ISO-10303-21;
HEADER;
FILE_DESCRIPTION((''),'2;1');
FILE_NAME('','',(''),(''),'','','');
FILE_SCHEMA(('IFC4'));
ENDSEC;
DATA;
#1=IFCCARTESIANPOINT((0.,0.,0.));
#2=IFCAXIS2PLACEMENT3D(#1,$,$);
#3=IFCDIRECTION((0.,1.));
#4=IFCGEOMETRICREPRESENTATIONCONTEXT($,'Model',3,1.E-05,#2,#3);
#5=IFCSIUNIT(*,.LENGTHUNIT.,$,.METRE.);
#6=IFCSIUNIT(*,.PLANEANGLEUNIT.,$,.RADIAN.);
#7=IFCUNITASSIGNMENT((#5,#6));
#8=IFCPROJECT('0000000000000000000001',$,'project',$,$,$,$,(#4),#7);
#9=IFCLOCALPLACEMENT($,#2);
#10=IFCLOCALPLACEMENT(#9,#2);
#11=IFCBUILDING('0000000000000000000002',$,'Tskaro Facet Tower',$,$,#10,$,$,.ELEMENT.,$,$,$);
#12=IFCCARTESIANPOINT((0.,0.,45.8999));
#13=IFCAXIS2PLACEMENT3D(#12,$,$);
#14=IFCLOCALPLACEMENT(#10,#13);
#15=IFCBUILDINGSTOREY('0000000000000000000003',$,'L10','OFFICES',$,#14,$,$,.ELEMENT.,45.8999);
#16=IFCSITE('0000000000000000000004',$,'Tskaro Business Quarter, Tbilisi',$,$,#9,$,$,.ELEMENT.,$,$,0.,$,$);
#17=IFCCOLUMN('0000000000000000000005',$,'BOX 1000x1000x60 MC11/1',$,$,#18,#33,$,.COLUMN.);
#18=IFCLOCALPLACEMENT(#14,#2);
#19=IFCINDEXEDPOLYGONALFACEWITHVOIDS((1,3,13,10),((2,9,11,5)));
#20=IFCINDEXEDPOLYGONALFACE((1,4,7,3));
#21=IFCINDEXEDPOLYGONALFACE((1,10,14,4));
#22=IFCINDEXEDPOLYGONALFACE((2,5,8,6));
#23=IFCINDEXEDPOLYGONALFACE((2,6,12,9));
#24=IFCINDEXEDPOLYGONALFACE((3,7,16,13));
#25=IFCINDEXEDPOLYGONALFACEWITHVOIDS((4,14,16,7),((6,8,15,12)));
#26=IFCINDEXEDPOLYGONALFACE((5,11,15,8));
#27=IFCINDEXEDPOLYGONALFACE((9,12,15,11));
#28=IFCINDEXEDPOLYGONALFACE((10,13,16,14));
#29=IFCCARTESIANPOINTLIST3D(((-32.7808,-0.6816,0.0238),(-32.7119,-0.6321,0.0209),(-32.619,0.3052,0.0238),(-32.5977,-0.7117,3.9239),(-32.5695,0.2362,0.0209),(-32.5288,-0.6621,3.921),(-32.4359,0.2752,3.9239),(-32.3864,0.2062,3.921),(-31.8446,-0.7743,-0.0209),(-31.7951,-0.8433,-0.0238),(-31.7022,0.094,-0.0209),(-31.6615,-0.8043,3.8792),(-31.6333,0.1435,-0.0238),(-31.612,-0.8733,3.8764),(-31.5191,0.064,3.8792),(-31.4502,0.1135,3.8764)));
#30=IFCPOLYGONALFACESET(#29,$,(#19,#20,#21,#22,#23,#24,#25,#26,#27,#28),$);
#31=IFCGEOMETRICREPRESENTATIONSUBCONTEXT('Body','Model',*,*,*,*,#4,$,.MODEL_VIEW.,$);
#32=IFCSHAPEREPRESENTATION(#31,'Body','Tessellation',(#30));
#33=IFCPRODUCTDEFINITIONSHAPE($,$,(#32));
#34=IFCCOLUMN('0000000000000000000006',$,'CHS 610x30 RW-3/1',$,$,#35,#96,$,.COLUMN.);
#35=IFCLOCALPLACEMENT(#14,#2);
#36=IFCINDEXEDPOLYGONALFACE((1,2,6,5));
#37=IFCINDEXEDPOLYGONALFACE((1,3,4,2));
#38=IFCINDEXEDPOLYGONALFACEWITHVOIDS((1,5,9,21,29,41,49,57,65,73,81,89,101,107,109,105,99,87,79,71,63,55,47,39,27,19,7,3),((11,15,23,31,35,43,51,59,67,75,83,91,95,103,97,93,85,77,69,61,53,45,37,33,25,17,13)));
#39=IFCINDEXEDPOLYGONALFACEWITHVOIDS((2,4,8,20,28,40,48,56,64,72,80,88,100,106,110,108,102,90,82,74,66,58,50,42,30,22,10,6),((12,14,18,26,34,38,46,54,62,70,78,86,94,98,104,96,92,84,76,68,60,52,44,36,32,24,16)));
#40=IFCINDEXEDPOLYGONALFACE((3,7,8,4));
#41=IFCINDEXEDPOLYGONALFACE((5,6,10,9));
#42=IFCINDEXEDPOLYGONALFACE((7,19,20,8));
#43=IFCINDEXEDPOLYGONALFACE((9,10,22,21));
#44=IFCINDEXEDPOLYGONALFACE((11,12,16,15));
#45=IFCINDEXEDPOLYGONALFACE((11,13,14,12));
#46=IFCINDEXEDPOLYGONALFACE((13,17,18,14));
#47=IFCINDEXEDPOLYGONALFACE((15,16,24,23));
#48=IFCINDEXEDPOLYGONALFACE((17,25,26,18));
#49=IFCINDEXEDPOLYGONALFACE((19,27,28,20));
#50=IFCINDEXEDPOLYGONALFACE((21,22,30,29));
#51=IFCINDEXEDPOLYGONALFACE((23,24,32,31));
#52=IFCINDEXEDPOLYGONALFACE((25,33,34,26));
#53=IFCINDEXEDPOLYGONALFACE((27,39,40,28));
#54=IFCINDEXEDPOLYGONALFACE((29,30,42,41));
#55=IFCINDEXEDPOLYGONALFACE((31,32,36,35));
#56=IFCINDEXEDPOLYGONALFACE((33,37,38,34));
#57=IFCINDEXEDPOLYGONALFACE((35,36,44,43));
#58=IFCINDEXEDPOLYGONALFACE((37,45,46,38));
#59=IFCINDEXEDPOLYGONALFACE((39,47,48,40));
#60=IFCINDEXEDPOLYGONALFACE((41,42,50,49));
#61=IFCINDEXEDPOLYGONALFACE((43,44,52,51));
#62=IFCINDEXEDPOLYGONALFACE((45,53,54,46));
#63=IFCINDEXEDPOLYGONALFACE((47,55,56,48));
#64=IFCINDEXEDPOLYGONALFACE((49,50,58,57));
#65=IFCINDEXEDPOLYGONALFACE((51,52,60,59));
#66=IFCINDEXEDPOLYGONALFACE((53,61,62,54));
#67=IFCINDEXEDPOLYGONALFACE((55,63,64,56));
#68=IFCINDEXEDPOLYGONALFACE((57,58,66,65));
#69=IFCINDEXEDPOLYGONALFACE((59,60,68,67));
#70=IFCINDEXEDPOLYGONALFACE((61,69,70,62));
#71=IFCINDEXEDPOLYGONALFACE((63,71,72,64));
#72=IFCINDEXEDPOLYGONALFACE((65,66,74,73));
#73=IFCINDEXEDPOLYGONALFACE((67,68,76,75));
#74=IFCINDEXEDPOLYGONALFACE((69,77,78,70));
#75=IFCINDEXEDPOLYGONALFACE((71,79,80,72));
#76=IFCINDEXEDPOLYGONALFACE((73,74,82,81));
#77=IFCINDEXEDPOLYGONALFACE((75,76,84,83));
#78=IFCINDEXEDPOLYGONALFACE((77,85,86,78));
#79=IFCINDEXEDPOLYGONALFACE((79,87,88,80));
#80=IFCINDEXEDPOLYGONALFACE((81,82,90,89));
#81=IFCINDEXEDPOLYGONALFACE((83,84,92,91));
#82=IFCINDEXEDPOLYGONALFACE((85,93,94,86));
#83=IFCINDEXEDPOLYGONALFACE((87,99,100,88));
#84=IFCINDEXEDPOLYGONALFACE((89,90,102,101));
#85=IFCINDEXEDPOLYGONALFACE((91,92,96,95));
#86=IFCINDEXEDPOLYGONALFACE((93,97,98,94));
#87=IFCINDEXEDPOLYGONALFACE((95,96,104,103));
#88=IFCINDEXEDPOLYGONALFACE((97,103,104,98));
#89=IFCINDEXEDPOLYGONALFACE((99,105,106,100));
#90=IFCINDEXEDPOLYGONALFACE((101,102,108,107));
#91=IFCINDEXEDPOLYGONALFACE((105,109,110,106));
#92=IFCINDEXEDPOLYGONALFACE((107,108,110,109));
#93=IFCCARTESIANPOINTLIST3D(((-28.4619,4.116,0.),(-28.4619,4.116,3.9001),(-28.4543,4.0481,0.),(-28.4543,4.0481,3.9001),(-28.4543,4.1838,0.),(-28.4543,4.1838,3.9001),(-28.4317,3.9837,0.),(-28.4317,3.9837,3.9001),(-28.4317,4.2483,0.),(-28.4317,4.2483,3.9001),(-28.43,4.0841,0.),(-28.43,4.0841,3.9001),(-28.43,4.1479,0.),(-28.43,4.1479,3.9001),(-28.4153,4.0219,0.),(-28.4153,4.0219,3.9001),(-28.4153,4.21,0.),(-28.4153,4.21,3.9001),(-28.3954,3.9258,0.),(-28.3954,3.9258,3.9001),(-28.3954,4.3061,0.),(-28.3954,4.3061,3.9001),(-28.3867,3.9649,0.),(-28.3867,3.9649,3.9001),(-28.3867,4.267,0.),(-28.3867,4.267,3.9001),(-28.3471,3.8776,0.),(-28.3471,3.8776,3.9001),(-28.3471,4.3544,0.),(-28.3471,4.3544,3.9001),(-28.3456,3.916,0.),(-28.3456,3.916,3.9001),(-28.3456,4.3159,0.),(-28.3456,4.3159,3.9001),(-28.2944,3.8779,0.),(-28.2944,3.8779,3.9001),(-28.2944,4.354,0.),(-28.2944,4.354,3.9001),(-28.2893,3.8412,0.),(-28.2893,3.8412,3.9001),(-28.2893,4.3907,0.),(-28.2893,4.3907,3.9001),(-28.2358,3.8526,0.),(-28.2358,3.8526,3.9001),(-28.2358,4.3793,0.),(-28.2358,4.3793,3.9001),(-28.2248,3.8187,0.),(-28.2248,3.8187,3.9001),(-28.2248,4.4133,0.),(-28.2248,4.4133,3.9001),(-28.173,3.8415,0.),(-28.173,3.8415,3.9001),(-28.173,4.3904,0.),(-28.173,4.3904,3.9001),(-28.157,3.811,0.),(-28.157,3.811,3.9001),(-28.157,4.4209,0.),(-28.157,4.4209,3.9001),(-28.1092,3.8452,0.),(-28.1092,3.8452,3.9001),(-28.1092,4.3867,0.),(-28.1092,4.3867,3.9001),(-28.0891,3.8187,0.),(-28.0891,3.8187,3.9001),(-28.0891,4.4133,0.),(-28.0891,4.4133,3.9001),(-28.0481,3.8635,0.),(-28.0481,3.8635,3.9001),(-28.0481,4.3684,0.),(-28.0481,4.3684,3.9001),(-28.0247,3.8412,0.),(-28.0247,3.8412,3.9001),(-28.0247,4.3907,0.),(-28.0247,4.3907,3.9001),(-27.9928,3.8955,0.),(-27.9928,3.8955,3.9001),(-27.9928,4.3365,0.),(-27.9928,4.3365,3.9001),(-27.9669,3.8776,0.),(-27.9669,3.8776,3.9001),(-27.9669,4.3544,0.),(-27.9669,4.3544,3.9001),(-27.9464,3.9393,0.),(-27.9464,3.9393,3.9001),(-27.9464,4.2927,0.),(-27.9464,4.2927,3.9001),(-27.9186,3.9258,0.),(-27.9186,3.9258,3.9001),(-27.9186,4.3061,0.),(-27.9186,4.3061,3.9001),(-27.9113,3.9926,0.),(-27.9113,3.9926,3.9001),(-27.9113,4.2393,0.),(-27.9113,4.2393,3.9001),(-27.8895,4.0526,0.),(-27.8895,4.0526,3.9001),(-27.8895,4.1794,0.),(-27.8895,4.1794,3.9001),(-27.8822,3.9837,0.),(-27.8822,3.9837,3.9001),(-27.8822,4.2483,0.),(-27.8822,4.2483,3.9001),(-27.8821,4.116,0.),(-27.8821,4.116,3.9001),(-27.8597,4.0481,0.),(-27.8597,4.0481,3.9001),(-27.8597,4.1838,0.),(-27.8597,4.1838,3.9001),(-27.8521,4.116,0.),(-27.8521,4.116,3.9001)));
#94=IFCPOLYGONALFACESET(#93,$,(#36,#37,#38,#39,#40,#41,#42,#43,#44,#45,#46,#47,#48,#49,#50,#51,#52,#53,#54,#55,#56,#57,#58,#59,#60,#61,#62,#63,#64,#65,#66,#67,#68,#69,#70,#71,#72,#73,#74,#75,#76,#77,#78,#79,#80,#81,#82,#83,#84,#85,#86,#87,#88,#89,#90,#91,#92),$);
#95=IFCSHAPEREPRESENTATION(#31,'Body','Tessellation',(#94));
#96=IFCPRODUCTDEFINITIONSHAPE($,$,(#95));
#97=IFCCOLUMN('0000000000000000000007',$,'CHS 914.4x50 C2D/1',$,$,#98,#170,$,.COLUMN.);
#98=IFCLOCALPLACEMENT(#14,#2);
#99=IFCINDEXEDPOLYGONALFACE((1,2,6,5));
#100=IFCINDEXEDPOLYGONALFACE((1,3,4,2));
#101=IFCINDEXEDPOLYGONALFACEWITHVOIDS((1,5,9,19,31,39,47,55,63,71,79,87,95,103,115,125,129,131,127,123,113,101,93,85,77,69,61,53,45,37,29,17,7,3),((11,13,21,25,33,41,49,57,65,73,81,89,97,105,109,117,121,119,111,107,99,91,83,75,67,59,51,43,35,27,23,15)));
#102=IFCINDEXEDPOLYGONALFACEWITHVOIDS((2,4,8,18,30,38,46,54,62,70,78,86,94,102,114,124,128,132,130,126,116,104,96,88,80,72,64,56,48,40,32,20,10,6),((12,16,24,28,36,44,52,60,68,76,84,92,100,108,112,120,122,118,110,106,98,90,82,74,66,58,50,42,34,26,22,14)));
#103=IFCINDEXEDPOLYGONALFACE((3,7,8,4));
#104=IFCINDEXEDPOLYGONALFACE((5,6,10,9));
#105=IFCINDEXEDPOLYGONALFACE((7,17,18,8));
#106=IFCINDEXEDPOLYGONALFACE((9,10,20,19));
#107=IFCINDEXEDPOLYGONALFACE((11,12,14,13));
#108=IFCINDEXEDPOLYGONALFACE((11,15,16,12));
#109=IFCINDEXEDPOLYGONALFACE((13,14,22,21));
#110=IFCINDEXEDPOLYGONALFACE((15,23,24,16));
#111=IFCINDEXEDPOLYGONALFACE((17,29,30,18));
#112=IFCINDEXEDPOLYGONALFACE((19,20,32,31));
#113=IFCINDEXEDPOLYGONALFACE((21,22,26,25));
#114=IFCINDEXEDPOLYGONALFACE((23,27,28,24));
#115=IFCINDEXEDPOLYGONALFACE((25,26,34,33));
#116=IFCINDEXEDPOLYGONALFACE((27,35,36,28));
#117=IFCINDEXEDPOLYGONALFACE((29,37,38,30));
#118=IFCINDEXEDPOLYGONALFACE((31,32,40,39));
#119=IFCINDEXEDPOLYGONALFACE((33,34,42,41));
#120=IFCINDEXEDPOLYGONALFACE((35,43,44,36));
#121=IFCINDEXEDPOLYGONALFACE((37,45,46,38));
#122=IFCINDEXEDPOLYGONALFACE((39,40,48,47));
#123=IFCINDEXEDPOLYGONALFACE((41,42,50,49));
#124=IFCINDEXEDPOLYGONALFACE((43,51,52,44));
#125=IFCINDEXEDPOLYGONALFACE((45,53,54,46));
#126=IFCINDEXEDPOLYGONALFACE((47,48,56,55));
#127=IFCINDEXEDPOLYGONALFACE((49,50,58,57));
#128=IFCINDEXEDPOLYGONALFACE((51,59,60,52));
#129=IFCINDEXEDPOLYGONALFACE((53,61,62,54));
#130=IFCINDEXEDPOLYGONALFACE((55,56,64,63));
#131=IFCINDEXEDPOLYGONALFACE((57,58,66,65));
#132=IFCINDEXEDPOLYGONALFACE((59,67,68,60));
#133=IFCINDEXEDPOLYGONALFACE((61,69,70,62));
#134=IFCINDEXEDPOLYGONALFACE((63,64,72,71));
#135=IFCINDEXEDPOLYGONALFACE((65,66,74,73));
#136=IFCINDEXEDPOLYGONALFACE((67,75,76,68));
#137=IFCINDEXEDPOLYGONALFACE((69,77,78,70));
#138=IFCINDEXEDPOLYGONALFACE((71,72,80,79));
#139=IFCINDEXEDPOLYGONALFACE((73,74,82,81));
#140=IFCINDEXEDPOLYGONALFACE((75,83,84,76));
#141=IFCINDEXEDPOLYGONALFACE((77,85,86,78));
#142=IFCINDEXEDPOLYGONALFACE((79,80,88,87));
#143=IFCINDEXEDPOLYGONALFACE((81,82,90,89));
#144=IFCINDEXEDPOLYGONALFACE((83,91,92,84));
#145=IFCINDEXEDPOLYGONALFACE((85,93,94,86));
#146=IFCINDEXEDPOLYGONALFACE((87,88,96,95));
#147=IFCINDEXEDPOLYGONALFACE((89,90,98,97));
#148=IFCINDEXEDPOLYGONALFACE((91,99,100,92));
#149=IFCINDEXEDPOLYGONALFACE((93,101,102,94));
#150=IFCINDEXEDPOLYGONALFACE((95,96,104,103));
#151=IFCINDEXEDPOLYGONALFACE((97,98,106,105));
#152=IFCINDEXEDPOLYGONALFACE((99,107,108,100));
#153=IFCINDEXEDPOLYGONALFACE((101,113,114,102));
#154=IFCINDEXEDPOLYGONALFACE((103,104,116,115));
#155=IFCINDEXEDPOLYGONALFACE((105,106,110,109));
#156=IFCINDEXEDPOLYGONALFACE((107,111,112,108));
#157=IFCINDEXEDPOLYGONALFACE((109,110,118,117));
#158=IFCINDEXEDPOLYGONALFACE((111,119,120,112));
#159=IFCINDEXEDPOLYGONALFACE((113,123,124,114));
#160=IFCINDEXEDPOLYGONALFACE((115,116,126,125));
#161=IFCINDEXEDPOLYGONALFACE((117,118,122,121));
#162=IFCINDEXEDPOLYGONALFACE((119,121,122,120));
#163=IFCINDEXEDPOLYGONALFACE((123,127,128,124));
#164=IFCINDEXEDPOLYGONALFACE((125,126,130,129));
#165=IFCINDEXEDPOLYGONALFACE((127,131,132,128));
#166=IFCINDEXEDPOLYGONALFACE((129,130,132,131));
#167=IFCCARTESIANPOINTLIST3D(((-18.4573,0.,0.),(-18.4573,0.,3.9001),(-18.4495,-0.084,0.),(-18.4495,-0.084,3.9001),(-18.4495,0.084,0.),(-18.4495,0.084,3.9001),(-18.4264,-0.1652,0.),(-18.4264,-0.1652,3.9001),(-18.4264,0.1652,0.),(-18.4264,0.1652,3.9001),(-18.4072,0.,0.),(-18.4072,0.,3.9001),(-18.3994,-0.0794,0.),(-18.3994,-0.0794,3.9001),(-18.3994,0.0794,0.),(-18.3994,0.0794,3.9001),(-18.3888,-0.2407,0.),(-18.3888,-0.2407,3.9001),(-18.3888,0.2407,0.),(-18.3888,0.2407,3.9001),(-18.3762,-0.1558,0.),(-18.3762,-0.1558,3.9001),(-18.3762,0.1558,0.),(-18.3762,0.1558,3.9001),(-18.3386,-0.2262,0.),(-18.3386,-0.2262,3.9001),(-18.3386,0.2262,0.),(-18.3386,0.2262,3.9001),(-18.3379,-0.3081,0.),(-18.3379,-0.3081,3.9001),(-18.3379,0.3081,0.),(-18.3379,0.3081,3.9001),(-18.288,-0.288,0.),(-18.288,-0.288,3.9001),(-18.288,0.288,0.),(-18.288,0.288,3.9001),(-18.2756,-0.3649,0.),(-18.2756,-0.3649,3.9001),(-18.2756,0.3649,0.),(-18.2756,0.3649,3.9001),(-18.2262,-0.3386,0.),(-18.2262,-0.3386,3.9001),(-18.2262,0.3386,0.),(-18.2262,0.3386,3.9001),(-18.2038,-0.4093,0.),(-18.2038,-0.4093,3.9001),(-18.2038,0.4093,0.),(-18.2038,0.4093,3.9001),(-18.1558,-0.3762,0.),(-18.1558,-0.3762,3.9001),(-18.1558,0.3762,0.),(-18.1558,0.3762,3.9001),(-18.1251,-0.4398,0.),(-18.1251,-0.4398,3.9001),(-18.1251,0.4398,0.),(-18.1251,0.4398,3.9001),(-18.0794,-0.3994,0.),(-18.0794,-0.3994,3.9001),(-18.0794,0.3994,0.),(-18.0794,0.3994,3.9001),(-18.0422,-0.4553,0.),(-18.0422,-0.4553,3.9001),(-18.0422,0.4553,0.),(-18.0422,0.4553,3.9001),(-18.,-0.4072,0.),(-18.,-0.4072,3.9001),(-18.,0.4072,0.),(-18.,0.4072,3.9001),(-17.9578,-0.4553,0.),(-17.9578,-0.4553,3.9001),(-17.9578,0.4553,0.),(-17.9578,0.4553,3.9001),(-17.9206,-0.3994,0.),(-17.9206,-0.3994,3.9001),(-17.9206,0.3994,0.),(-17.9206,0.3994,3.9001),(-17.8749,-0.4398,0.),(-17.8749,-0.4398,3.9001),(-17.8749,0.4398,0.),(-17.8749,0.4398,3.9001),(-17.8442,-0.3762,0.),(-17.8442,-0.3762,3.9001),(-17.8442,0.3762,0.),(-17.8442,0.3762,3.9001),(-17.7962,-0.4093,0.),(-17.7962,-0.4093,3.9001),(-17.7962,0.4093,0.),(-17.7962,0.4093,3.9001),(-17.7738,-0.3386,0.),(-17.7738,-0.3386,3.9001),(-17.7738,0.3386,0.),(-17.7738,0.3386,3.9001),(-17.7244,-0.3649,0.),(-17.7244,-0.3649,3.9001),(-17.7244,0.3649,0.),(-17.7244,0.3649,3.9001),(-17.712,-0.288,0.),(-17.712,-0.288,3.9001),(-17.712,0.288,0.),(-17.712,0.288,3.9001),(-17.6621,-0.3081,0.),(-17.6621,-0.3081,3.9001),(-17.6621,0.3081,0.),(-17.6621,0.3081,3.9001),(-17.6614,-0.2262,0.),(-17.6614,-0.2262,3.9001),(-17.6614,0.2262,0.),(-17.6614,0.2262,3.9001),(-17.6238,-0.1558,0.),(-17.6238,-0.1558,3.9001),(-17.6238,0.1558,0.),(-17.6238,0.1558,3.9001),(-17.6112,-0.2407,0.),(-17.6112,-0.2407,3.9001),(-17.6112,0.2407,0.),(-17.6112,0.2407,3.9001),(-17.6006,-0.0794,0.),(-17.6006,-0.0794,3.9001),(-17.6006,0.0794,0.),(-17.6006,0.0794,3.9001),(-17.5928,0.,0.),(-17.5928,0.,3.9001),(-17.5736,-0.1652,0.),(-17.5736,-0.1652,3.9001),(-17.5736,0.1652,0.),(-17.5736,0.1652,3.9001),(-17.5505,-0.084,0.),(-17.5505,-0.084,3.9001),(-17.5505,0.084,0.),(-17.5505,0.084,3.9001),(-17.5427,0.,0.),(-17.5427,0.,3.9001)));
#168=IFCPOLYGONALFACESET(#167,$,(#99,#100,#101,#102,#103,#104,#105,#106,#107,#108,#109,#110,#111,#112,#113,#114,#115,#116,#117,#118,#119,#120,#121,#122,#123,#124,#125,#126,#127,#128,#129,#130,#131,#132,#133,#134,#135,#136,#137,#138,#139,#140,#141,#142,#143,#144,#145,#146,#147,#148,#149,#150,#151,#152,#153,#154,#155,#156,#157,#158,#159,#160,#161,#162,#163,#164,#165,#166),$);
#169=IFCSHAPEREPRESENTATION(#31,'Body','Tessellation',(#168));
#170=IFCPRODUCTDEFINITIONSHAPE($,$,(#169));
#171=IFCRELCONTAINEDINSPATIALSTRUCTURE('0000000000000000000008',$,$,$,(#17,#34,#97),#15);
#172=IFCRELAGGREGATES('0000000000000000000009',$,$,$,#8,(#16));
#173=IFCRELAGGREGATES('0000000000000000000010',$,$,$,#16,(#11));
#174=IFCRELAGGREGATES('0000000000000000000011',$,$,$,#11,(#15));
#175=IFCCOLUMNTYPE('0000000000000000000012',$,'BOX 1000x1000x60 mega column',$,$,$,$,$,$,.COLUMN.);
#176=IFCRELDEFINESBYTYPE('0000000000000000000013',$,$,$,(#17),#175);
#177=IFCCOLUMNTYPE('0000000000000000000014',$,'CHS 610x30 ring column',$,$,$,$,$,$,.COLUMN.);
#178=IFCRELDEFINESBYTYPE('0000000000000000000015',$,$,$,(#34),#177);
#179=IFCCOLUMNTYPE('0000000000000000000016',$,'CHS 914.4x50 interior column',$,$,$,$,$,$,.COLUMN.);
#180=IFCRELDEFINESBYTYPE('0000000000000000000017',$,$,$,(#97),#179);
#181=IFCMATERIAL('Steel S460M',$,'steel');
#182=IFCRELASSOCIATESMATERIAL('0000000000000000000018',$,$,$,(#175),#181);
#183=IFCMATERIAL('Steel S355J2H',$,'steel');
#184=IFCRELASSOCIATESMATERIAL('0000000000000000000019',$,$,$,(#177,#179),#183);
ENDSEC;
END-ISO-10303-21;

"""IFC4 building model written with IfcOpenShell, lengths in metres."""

from ifc_helpers import new_model, si_unit, direction, frame, origin, origin_2d, place, context, subcontext, project, spatial, hollow_rectangle, hollow_circle, extrude, material, material_profile, profile_set, type_object, element, save


model = new_model("IFC4")

# Units and contexts
model_context = context("Model", 3, precision=1e-05, world=origin(), true_north=direction((0.0, 1.0)))
body_context = subcontext(model_context, "Body", "Model", "MODEL_VIEW")
ifc_project = project(units=[si_unit("LENGTHUNIT", "METRE"), si_unit("PLANEANGLEUNIT", "RADIAN")], contexts=[model_context])

# Site, building, storey
site_placement = place(None, origin())
site = spatial("IfcSite", under=ifc_project, at=site_placement, Name="Tskaro Business Quarter, Tbilisi", CompositionType="ELEMENT", RefElevation=0.0)
building_placement = place(site_placement, origin())
building = spatial("IfcBuilding", under=site, at=building_placement, Name="Tskaro Facet Tower", CompositionType="ELEMENT")
storey_placement = place(building_placement, frame((0.0, 0.0, 45.8999)))
storey = spatial("IfcBuildingStorey", under=building, at=storey_placement, Name="L10", Description="OFFICES", CompositionType="ELEMENT", Elevation=45.8999)

# Columns
ifc_material_1 = material(Name="Steel S460M", Category="steel")
ifc_material_profile_1 = material_profile(ifc_material_1, hollow_rectangle(XDim=1.0, YDim=1.0, WallThickness=0.0601, at=origin_2d()), Name="BOX 1000x1000x60")
ifc_profile_set_1 = profile_set([ifc_material_profile_1], Name="Steel S460M")
column_type_1 = type_object("IfcColumnType", Name="BOX 1000x1000x60 mega column", PredefinedType="COLUMN", material=ifc_profile_set_1)
column_1_placement = place(storey_placement, frame((-32.207, -0.269, 0.0), z_axis=(0.046895, -0.007691, 0.99887), x_axis=(0.161838, 0.986817, 0.0)))
element("IfcColumn", 1, at=column_1_placement, inside=storey, type_object=column_type_1, Name="BOX 1000x1000x60 MC11/1", PredefinedType="COLUMN", context=body_context, shape_type="SweptSolid", body=[
    extrude(hollow_rectangle(XDim=1.0, YDim=1.0, WallThickness=0.0601, at=origin_2d()), origin(), (0.0, 0.0, 1.0), 3.9045),
])
ifc_material_2 = material(Name="Steel S355J2H", Category="steel")
ifc_material_profile_2 = material_profile(ifc_material_2, hollow_circle(Radius=0.3049, WallThickness=0.03, at=origin_2d()), Name="CHS 610x30")
ifc_profile_set_2 = profile_set([ifc_material_profile_2], Name="Steel S355J2H")
column_type_2 = type_object("IfcColumnType", Name="CHS 610x30 ring column", PredefinedType="COLUMN", material=ifc_profile_set_2)
column_2_placement = place(storey_placement, frame((-28.157, 4.116, 0.0), z_axis=(0.0, 0.0, 1.0), x_axis=(1.0, 0.0, 0.0)))
element("IfcColumn", 2, at=column_2_placement, inside=storey, type_object=column_type_2, Name="CHS 610x30 RW-3/1", PredefinedType="COLUMN", context=body_context, shape_type="SweptSolid", body=[
    extrude(hollow_circle(Radius=0.3049, WallThickness=0.03, at=origin_2d()), origin(), (0.0, 0.0, 1.0), 3.9001),
])
ifc_material_profile_3 = material_profile(ifc_material_2, hollow_circle(Radius=0.4573, WallThickness=0.05, at=origin_2d()), Name="CHS 914.4x50")
ifc_profile_set_3 = profile_set([ifc_material_profile_3], Name="Steel S355J2H")
column_type_3 = type_object("IfcColumnType", Name="CHS 914.4x50 interior column", PredefinedType="COLUMN", material=ifc_profile_set_3)
for number, where, z_axis, x_axis, name in (
    (3, (-18.0, 0.0, 0.0), (0.0, 0.0, 1.0), (1.0, 0.0, 0.0), "CHS 914.4x50 C2D/1"),
):
    element("IfcColumn", number, at=place(storey_placement, frame(where, z_axis=z_axis, x_axis=x_axis)), inside=storey, type_object=column_type_3, Name=name, PredefinedType="COLUMN", context=body_context, shape_type="SweptSolid", body=[
        extrude(hollow_circle(Radius=0.4573, WallThickness=0.05, at=origin_2d()), origin(), (0.0, 0.0, 1.0), 3.9001),
    ])

save(model, "model.ifc")
